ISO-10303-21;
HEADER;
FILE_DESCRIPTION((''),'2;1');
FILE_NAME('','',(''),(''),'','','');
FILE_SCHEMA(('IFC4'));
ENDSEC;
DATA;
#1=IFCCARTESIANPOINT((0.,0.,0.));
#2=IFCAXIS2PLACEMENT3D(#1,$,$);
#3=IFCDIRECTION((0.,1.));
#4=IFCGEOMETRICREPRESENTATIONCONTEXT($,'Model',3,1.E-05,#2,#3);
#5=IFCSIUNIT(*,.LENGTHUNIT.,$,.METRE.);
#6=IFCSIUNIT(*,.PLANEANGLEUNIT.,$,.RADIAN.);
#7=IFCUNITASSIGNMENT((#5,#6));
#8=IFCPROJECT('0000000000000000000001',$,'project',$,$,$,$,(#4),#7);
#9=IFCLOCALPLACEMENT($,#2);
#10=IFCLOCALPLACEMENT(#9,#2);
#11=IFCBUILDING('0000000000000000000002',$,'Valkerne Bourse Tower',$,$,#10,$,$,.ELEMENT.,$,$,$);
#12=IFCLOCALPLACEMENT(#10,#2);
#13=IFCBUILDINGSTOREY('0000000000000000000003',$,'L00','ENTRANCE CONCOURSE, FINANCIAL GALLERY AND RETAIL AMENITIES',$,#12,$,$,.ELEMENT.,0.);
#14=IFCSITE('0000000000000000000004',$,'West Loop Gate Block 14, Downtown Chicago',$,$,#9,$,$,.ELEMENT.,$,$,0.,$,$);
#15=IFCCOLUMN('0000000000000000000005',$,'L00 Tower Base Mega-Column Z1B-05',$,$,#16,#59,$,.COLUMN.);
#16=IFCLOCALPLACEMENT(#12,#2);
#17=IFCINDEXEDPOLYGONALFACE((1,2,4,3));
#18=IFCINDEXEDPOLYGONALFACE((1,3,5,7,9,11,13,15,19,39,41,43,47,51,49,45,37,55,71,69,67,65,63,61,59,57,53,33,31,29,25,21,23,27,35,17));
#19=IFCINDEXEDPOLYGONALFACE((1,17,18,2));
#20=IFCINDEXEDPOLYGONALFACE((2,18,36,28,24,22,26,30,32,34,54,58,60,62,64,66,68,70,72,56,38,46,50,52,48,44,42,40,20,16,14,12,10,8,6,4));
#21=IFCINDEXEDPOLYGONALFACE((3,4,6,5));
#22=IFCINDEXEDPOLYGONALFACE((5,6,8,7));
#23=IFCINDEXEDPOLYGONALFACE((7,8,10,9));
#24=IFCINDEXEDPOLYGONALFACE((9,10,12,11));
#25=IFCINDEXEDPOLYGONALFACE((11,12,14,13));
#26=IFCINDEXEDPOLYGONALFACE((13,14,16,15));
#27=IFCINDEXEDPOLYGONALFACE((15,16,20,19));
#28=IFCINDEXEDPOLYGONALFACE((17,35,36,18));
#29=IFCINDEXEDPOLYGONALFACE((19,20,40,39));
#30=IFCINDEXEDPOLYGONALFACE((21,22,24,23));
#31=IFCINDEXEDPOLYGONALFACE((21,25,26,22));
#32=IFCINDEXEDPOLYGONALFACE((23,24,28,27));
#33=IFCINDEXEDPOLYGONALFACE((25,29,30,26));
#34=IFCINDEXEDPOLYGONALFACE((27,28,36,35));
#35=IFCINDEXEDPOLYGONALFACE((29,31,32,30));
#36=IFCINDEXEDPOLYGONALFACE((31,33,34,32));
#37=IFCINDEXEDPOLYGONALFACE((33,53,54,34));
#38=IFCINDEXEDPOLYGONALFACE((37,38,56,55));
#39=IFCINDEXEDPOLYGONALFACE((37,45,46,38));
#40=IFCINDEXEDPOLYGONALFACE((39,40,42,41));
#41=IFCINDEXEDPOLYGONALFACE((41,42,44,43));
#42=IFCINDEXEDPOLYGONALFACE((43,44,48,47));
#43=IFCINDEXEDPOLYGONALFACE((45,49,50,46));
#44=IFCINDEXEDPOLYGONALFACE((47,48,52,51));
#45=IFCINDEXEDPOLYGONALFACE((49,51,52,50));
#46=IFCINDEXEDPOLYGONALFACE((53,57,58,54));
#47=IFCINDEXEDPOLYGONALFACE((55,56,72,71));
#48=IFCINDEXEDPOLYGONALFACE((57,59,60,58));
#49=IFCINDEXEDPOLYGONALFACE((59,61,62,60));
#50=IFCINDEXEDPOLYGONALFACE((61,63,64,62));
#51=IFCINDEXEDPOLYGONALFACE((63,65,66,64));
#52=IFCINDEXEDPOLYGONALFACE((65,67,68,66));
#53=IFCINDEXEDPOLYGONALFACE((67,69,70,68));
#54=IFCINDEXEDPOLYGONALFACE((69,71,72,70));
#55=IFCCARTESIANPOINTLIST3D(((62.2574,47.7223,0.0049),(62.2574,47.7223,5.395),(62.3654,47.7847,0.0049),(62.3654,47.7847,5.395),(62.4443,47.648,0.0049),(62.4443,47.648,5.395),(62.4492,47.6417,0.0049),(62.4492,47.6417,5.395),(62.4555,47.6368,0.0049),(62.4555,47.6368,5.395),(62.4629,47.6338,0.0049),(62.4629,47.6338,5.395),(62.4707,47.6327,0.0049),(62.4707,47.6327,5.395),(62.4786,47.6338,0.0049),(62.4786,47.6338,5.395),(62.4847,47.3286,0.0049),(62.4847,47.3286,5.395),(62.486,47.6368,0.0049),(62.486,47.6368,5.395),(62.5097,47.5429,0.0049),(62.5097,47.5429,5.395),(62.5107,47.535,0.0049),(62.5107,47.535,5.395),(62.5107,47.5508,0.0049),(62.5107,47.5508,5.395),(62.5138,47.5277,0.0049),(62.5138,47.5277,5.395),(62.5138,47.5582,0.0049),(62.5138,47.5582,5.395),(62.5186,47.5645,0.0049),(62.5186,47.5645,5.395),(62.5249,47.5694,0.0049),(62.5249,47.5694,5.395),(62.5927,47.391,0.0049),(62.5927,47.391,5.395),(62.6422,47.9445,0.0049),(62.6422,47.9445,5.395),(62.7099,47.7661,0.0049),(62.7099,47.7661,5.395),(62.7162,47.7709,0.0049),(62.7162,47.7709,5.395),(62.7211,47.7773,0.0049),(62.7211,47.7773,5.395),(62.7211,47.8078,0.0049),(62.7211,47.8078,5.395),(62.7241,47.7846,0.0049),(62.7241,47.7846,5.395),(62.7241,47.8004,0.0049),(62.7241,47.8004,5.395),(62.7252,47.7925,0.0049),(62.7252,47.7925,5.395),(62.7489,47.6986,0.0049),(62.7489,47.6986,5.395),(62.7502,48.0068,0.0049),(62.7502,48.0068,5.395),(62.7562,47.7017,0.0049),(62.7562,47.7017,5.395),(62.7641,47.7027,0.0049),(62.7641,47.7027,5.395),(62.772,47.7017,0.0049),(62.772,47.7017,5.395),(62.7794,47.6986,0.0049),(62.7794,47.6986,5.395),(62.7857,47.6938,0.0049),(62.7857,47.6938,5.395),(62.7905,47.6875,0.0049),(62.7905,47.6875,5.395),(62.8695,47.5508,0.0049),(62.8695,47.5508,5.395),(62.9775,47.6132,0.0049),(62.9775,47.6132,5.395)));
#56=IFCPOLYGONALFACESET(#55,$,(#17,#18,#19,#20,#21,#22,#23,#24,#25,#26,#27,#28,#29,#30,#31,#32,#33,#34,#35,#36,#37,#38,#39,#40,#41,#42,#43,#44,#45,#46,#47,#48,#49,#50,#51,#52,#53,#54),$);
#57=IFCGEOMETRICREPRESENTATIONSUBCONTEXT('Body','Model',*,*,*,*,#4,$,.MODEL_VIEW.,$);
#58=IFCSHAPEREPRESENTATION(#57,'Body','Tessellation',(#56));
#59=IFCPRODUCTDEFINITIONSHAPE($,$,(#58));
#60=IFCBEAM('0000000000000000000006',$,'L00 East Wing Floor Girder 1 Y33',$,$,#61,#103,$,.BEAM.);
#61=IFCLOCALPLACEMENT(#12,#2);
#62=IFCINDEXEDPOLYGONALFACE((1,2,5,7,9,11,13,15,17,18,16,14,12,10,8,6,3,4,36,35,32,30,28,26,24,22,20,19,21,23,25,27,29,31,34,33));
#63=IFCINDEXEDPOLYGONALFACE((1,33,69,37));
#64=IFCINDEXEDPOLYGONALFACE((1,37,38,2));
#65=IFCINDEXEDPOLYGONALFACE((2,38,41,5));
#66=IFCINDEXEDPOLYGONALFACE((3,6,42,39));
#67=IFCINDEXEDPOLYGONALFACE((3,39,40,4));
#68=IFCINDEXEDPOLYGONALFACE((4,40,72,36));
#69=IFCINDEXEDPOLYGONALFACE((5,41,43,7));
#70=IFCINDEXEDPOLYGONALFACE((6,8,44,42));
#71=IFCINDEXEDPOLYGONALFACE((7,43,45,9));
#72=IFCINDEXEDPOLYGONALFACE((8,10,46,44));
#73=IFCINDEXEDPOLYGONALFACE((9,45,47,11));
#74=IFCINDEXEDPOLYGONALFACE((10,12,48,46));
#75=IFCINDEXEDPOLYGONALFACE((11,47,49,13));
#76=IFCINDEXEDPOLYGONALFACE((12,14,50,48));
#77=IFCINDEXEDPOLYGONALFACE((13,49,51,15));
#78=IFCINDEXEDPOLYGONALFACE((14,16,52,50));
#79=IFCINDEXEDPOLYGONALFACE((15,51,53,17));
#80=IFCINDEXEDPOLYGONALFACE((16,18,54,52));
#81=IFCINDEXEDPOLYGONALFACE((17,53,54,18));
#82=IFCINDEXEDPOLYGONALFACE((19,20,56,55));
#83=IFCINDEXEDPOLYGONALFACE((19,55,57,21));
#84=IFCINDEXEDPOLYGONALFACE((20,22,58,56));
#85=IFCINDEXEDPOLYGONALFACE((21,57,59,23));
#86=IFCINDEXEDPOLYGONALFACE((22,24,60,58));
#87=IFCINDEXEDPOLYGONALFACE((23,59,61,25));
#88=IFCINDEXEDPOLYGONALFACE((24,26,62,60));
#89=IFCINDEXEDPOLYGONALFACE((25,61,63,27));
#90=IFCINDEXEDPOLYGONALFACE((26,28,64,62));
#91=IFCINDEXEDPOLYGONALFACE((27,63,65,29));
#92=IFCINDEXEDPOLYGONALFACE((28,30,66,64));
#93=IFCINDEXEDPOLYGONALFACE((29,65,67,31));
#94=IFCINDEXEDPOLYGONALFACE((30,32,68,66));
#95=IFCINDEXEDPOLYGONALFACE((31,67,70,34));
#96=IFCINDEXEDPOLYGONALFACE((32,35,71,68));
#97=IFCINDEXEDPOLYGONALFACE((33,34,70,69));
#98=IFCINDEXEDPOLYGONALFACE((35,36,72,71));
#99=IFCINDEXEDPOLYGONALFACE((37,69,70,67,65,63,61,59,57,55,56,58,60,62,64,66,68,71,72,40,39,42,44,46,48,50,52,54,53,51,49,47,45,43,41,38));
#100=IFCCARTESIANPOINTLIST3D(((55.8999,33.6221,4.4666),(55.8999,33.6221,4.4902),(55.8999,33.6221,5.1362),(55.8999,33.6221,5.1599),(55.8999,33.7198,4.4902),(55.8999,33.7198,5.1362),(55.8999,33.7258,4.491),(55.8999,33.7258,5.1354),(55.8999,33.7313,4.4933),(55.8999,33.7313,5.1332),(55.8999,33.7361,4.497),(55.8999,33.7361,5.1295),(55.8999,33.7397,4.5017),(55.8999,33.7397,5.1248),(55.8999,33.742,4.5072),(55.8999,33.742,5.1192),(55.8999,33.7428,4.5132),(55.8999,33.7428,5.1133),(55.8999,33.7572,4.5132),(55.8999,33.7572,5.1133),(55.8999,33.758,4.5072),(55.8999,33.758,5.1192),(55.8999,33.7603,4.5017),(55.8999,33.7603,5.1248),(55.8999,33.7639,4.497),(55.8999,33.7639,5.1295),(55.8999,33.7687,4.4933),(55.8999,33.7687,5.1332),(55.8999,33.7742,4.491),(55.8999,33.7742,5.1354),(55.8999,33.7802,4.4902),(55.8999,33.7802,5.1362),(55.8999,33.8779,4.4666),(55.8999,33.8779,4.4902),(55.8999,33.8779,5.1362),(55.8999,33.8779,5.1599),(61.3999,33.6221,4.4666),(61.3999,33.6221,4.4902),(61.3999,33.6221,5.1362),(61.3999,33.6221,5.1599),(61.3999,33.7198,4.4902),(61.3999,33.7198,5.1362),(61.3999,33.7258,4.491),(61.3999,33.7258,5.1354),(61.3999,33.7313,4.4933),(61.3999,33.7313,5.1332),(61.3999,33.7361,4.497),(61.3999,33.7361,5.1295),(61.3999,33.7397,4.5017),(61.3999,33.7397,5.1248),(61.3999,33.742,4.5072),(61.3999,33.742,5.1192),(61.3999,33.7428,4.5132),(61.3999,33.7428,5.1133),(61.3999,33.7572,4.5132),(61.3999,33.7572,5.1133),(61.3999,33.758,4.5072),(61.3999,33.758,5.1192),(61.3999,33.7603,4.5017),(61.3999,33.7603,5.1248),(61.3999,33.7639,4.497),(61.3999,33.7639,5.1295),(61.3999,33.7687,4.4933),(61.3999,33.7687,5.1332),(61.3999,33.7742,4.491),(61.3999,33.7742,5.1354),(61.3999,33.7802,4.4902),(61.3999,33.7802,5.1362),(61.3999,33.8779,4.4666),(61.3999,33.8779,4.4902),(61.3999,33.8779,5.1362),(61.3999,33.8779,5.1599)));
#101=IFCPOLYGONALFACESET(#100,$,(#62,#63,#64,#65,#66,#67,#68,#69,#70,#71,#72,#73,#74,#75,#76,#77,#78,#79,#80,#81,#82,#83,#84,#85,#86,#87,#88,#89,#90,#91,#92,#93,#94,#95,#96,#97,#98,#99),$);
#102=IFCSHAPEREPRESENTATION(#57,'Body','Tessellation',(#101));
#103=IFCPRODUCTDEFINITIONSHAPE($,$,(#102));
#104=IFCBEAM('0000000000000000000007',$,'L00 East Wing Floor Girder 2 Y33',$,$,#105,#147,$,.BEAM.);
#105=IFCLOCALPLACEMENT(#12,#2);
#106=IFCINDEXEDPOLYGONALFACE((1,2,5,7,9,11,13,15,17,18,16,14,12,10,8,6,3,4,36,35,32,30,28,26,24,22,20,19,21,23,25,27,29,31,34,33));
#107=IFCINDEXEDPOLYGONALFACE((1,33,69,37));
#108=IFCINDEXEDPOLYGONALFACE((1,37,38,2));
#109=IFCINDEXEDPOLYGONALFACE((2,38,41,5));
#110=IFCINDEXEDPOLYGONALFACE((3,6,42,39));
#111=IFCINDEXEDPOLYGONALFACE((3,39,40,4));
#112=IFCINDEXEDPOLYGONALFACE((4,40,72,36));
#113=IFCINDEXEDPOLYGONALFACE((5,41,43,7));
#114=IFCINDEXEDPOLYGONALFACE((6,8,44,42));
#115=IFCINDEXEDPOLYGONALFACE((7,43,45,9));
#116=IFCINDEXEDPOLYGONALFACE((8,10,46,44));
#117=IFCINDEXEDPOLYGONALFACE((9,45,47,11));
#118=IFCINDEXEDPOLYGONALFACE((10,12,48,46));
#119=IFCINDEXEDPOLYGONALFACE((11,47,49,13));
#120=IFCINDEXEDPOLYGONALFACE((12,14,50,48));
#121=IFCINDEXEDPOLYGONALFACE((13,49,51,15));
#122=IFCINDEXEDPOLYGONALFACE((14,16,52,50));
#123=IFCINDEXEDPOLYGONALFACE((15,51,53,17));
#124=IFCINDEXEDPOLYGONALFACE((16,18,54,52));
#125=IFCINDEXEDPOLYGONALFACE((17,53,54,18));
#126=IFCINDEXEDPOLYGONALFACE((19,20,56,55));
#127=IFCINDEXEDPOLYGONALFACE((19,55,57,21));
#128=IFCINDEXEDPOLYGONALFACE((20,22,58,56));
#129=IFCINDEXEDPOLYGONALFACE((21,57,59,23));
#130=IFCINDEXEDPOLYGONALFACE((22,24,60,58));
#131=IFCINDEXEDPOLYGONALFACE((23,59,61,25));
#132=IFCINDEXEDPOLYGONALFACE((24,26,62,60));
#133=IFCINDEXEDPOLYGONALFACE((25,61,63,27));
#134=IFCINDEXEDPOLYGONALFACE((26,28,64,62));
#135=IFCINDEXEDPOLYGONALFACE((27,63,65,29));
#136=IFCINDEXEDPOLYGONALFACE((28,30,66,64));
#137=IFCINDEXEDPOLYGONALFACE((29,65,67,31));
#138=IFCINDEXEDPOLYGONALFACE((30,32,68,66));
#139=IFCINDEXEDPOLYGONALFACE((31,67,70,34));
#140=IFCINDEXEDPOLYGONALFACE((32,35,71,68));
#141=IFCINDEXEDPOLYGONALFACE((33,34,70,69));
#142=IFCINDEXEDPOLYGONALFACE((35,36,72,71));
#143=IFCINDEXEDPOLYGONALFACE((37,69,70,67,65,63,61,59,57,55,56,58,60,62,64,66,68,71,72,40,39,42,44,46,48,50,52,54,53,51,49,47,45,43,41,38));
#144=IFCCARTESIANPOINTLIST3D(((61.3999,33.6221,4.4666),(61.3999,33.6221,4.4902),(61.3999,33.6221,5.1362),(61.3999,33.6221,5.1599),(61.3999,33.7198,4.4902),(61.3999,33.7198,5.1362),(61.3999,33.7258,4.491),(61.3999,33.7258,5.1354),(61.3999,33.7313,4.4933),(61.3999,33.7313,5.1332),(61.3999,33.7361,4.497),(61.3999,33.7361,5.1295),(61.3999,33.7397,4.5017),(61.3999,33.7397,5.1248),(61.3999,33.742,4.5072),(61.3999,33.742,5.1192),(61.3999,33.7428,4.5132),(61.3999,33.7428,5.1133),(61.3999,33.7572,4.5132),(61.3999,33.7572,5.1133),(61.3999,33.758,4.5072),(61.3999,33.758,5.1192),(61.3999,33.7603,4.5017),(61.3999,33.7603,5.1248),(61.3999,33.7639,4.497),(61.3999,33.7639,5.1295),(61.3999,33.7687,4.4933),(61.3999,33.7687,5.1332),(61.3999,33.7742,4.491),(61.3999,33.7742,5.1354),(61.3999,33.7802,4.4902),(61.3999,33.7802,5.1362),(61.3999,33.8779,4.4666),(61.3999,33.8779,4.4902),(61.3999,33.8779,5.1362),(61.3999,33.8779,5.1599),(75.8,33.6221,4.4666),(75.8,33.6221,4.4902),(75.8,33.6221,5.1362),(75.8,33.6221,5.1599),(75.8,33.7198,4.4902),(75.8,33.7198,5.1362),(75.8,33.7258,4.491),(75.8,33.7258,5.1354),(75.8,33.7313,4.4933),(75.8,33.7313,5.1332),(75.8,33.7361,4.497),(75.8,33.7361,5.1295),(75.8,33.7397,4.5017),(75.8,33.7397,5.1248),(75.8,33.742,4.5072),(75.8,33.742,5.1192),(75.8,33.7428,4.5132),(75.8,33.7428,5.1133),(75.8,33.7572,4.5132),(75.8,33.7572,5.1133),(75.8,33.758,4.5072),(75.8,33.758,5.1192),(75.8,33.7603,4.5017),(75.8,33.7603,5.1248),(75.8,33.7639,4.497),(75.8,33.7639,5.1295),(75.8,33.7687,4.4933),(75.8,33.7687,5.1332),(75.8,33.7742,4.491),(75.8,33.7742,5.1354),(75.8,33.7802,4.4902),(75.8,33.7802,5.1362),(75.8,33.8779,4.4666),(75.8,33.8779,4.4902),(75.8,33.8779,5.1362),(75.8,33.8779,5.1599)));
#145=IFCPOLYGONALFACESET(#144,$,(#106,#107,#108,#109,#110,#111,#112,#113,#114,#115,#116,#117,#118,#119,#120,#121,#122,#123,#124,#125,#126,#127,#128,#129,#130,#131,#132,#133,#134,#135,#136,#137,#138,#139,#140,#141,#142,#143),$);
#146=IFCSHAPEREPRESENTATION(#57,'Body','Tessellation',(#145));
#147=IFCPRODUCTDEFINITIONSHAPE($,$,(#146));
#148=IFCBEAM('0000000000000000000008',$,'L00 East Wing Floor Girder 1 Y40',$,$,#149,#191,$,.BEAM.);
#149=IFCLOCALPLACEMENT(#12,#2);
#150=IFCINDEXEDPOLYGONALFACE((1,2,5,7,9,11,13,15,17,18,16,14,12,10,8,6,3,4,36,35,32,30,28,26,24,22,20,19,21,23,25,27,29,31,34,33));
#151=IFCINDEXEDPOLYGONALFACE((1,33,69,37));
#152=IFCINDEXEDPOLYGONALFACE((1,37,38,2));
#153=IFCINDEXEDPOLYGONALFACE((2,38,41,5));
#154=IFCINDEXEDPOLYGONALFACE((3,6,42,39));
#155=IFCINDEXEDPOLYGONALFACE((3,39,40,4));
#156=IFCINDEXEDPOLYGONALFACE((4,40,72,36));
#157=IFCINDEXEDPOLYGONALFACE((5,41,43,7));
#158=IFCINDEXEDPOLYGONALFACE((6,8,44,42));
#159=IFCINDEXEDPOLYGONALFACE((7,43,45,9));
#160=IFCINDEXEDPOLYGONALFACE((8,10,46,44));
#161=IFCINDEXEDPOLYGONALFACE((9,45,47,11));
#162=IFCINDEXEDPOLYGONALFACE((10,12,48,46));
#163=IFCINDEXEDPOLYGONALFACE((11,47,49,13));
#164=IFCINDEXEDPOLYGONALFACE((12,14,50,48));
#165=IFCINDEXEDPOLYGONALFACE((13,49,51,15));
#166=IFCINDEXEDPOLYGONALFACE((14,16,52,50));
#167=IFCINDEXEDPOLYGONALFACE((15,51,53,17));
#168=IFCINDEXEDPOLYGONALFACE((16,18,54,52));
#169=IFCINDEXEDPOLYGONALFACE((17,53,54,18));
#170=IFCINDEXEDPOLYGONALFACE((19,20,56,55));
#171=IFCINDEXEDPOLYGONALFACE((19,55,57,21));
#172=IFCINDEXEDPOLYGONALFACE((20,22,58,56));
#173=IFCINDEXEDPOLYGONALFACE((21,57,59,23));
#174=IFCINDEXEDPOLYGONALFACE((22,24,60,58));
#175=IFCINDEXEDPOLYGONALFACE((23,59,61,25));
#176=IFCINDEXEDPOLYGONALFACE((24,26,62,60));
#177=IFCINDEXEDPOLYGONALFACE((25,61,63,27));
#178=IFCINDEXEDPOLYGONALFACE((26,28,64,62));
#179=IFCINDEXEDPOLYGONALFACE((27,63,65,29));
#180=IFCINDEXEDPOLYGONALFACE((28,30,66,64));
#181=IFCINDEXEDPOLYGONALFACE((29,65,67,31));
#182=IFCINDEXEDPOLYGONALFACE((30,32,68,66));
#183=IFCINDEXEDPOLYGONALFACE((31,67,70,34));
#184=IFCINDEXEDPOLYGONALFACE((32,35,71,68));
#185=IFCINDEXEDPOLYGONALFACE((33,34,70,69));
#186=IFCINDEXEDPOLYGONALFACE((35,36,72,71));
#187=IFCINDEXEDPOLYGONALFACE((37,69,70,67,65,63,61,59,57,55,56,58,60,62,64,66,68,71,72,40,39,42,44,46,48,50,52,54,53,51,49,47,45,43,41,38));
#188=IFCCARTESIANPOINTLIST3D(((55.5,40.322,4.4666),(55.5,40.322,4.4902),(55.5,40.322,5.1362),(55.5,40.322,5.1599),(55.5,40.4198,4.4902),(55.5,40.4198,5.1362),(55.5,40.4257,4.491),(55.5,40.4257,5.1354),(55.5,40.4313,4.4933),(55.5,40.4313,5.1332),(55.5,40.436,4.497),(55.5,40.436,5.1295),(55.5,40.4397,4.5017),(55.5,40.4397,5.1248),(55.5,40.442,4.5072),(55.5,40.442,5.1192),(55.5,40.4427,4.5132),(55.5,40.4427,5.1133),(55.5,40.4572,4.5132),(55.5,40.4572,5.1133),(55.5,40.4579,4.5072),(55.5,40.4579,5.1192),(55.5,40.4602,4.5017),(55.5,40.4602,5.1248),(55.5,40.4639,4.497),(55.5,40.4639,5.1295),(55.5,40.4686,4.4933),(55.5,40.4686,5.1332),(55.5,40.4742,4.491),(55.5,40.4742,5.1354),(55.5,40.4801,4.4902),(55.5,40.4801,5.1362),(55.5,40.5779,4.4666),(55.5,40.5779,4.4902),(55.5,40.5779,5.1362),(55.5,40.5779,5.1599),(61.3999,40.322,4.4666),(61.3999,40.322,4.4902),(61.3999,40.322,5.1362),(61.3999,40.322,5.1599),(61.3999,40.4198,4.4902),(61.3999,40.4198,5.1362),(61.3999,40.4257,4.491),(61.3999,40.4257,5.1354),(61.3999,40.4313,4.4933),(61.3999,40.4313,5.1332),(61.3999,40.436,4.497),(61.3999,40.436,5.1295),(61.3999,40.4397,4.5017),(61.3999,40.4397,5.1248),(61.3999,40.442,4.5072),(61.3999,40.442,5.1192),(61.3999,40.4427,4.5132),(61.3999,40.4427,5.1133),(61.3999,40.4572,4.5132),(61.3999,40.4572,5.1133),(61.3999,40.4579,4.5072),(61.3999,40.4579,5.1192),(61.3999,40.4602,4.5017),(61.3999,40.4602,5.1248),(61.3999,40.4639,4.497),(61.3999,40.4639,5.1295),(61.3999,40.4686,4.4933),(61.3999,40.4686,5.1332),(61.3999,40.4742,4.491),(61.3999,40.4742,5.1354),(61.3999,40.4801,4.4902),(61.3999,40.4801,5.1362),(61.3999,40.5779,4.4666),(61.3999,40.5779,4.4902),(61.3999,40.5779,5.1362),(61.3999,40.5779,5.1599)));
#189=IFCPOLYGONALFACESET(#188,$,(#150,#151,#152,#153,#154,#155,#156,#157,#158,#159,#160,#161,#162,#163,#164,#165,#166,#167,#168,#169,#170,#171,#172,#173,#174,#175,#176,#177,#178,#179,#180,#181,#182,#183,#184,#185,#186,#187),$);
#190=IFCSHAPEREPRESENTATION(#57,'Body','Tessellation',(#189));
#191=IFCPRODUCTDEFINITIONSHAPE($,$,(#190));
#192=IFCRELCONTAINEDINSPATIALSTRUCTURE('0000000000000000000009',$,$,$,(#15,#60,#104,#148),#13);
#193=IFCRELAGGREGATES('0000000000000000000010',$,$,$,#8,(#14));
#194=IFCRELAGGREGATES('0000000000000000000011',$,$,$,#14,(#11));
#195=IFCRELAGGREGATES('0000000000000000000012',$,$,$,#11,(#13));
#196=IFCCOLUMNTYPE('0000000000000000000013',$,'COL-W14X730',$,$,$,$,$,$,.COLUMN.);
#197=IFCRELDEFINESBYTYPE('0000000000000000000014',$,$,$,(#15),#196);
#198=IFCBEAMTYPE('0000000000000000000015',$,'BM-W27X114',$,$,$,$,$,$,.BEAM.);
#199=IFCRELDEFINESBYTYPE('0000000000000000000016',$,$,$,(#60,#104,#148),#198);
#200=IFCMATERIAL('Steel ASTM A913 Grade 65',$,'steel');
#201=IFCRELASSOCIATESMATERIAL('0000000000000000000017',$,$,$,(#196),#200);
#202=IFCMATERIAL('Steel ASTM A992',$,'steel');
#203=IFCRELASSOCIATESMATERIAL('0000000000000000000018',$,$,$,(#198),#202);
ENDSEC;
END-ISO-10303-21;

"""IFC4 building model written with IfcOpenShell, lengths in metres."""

from ifc_helpers import new_model, si_unit, direction, frame, origin, origin_2d, place, context, subcontext, project, spatial, i_section, extrude, material, material_profile, profile_set, type_object, element, save


model = new_model("IFC4")

# Units and contexts
model_context = context("Model", 3, precision=1e-05, world=origin(), true_north=direction((0.0, 1.0)))
body_context = subcontext(model_context, "Body", "Model", "MODEL_VIEW")
ifc_project = project(units=[si_unit("LENGTHUNIT", "METRE"), si_unit("PLANEANGLEUNIT", "RADIAN")], contexts=[model_context])

# Site, building, storey
site_placement = place(None, origin())
site = spatial("IfcSite", under=ifc_project, at=site_placement, Name="West Loop Gate Block 14, Downtown Chicago", CompositionType="ELEMENT", RefElevation=0.0)
building_placement = place(site_placement, origin())
building = spatial("IfcBuilding", under=site, at=building_placement, Name="Valkerne Bourse Tower", CompositionType="ELEMENT")
storey_placement = place(building_placement, origin())
storey = spatial("IfcBuildingStorey", under=building, at=storey_placement, Name="L00", Description="ENTRANCE CONCOURSE, FINANCIAL GALLERY AND RETAIL AMENITIES", CompositionType="ELEMENT", Elevation=0.0)

# Column
ifc_material_1 = material(Name="Steel ASTM A913 Grade 65", Category="steel")
ifc_material_profile_1 = material_profile(ifc_material_1, i_section(OverallWidth=0.4546, OverallDepth=0.5691, WebThickness=0.0779, FlangeThickness=0.1248, FilletRadius=0.0305, at=origin_2d()), Name="W14X730")
ifc_profile_set_1 = profile_set([ifc_material_profile_1], Name="Steel ASTM A913 Grade 65")
column_type_1 = type_object("IfcColumnType", Name="COL-W14X730", PredefinedType="COLUMN", material=ifc_profile_set_1)
for number, where, z_axis, x_axis, name in (
    (1, (62.6174, 47.6677, 0.0049), (0.0, 0.0, 1.0), (-0.5, 0.866025, 0.0), "L00 Tower Base Mega-Column Z1B-05"),
):
    element("IfcColumn", number, at=place(storey_placement, frame(where, z_axis=z_axis, x_axis=x_axis)), inside=storey, type_object=column_type_1, Name=name, PredefinedType="COLUMN", context=body_context, shape_type="SweptSolid", body=[
        extrude(i_section(OverallWidth=0.4546, OverallDepth=0.5691, WebThickness=0.0779, FlangeThickness=0.1248, FilletRadius=0.0305, at=origin_2d()), origin(), (0.0, 0.0, 1.0), 5.3901),
    ])

# Beams
ifc_material_2 = material(Name="Steel ASTM A992", Category="steel")
ifc_material_profile_2 = material_profile(ifc_material_2, i_section(OverallWidth=0.2559, OverallDepth=0.6934, WebThickness=0.0144, FlangeThickness=0.0237, FilletRadius=0.0229, at=origin_2d()), Name="W27X114")
ifc_profile_set_2 = profile_set([ifc_material_profile_2], Name="Steel ASTM A992")
beam_type = type_object("IfcBeamType", Name="BM-W27X114", PredefinedType="BEAM", material=ifc_profile_set_2)
beam_1_placement = place(storey_placement, frame((55.8999, 33.75, 4.8132), z_axis=(1.0, 0.0, 0.0), x_axis=(0.0, 1.0, 0.0)))
element("IfcBeam", 2, at=beam_1_placement, inside=storey, type_object=beam_type, Name="L00 East Wing Floor Girder 1 Y33", PredefinedType="BEAM", context=body_context, shape_type="SweptSolid", body=[
    extrude(i_section(OverallWidth=0.2559, OverallDepth=0.6934, WebThickness=0.0144, FlangeThickness=0.0237, FilletRadius=0.0229, at=origin_2d()), origin(), (0.0, 0.0, 1.0), 5.5),
])
beam_2_placement = place(storey_placement, frame((61.3999, 33.75, 4.8132), z_axis=(1.0, 0.0, 0.0), x_axis=(0.0, 1.0, 0.0)))
element("IfcBeam", 3, at=beam_2_placement, inside=storey, type_object=beam_type, Name="L00 East Wing Floor Girder 2 Y33", PredefinedType="BEAM", context=body_context, shape_type="SweptSolid", body=[
    extrude(i_section(OverallWidth=0.2559, OverallDepth=0.6934, WebThickness=0.0144, FlangeThickness=0.0237, FilletRadius=0.0229, at=origin_2d()), origin(), (0.0, 0.0, 1.0), 14.4001),
])
beam_3_placement = place(storey_placement, frame((55.5, 40.45, 4.8132), z_axis=(1.0, 0.0, 0.0), x_axis=(0.0, 1.0, 0.0)))
element("IfcBeam", 4, at=beam_3_placement, inside=storey, type_object=beam_type, Name="L00 East Wing Floor Girder 1 Y40", PredefinedType="BEAM", context=body_context, shape_type="SweptSolid", body=[
    extrude(i_section(OverallWidth=0.2559, OverallDepth=0.6934, WebThickness=0.0144, FlangeThickness=0.0237, FilletRadius=0.0229, at=origin_2d()), origin(), (0.0, 0.0, 1.0), 5.8999),
])

save(model, "model.ifc")
